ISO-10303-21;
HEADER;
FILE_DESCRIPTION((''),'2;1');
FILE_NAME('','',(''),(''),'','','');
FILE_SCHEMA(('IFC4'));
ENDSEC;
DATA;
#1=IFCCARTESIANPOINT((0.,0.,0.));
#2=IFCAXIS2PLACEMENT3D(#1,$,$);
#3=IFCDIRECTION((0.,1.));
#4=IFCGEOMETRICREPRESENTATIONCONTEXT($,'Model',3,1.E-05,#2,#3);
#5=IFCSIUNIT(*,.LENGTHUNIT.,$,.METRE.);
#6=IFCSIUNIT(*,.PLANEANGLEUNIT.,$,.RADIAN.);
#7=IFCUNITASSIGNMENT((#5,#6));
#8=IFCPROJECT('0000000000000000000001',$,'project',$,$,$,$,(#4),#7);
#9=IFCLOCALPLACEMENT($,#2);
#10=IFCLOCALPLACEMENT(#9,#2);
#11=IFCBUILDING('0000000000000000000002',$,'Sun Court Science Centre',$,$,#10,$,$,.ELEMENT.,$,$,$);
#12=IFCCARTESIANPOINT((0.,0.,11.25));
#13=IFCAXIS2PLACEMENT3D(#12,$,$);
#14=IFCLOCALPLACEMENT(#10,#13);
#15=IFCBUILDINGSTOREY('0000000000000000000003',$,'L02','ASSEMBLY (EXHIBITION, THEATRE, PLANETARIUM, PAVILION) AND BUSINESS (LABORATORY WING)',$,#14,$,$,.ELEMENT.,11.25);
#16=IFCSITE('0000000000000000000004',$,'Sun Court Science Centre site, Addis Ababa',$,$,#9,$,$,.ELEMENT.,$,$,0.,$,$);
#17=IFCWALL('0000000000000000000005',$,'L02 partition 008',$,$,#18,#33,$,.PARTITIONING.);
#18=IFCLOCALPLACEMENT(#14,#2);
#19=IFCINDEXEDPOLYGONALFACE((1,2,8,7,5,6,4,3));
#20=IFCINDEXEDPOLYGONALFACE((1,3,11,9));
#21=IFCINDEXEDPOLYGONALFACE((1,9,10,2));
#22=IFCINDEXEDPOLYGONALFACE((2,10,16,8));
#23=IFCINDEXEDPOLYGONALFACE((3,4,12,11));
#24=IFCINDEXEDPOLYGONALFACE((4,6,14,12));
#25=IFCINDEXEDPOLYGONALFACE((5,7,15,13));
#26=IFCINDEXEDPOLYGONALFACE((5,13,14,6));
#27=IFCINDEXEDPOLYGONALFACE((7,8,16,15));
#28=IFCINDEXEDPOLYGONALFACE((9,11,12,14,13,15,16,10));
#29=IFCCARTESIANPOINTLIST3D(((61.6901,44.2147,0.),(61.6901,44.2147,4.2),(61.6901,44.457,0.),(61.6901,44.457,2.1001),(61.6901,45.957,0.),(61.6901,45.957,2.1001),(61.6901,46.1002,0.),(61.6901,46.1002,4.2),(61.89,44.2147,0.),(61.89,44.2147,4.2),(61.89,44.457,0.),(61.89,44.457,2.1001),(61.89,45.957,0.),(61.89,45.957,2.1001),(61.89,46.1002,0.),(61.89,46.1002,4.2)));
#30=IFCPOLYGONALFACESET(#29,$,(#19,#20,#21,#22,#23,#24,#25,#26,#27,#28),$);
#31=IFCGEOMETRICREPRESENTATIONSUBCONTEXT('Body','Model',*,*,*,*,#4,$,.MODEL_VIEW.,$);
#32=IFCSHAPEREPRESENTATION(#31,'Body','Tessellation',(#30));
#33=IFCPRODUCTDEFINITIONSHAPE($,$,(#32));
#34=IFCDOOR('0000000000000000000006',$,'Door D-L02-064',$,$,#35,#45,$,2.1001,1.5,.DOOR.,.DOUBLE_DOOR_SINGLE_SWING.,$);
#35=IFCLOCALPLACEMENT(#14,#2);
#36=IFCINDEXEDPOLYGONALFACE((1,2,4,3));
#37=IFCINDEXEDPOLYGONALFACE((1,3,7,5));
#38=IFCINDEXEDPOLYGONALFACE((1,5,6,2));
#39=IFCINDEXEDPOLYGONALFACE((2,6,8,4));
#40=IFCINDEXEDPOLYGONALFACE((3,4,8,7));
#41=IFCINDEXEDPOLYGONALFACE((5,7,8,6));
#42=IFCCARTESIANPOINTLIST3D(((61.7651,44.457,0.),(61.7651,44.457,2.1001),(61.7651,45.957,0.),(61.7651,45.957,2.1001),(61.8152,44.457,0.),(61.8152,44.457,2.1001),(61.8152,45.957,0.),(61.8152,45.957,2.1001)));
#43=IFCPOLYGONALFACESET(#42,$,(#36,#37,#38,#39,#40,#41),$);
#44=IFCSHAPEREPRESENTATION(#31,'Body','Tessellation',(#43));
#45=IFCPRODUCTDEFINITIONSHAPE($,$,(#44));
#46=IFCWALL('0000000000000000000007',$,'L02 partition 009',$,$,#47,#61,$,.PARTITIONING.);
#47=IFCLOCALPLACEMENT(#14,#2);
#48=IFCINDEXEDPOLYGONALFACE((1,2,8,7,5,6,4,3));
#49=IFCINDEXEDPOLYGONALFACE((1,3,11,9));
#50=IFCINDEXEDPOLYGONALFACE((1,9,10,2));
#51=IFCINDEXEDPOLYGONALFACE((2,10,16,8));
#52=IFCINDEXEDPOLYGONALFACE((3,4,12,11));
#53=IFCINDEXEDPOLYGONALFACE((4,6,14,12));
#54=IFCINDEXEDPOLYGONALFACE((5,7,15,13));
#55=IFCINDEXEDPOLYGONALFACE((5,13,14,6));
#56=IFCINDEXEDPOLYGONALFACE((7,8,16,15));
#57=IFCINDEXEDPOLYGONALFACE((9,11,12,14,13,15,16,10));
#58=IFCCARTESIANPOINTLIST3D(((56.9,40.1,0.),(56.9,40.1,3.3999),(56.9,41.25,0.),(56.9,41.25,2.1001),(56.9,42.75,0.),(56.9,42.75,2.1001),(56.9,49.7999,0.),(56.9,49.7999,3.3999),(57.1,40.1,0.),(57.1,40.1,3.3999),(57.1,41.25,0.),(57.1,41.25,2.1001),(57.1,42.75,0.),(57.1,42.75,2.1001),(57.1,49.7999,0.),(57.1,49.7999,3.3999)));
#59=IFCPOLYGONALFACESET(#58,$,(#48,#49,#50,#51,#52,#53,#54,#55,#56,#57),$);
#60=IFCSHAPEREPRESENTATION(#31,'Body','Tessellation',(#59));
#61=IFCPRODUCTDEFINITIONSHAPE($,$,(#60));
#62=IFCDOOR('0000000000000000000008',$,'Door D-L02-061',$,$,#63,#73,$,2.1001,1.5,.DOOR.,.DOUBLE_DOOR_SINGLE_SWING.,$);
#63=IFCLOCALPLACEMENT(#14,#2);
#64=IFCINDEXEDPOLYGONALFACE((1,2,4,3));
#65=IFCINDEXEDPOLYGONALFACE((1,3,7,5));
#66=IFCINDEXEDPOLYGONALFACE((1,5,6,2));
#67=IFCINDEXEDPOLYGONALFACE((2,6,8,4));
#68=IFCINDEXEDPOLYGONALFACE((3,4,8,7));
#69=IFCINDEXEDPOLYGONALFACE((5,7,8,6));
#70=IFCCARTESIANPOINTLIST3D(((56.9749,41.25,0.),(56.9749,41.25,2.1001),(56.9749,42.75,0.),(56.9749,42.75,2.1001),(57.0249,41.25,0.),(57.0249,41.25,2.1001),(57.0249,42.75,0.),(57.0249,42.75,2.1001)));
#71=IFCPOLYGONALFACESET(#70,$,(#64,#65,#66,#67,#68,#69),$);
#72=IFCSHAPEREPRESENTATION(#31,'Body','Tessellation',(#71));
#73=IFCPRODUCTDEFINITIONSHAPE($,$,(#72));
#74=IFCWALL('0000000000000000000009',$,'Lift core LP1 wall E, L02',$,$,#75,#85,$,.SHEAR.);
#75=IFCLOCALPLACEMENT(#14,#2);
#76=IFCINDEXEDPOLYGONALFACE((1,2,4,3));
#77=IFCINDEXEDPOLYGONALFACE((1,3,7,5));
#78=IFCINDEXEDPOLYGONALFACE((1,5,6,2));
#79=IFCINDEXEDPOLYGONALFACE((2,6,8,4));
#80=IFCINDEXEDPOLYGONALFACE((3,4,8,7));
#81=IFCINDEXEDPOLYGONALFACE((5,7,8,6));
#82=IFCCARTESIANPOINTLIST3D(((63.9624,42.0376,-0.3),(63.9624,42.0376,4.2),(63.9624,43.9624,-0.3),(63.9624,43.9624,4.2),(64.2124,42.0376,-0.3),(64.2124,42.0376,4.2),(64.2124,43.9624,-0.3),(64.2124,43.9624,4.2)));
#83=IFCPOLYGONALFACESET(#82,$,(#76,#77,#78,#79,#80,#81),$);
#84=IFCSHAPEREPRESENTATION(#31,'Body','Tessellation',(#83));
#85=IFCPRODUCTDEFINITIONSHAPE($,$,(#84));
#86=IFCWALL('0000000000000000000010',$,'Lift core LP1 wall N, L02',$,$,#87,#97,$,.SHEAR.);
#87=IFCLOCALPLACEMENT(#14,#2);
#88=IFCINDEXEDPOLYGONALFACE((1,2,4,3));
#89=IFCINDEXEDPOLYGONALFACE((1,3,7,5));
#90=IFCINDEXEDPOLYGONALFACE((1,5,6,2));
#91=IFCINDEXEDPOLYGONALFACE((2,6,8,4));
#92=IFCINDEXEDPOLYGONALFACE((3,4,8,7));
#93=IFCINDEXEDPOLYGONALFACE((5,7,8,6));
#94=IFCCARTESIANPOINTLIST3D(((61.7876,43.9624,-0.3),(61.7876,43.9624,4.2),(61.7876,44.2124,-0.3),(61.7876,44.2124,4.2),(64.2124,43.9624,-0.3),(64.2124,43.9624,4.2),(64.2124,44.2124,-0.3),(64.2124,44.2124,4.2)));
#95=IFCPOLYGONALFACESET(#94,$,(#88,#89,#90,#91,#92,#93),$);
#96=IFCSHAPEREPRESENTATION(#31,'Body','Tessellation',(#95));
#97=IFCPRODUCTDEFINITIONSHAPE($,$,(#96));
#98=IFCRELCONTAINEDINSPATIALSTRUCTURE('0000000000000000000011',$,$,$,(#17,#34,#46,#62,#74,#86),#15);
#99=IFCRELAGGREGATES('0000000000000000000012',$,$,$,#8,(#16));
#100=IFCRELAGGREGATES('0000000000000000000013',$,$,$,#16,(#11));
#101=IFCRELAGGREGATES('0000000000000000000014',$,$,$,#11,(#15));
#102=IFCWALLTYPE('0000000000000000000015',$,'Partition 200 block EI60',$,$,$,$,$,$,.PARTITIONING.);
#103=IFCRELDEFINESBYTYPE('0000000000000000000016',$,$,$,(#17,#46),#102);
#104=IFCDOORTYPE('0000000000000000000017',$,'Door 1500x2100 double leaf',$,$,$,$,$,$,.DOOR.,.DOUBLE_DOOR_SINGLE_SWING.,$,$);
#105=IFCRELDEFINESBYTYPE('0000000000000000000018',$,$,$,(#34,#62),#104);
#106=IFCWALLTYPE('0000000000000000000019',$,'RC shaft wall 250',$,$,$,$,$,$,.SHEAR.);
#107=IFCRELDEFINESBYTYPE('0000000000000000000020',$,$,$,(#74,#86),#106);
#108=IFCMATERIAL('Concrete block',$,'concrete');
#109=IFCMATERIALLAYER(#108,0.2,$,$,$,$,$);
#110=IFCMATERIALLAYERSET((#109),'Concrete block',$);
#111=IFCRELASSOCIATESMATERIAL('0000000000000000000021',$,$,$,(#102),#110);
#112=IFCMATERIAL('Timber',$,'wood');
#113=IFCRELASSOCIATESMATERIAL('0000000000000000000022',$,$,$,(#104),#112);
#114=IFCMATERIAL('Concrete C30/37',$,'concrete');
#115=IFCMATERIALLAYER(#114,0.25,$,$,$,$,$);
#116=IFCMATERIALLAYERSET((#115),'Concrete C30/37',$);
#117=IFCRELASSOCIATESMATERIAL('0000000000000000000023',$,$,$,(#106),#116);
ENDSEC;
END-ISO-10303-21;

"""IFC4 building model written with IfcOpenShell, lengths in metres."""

from ifc_helpers import new_model, si_unit, direction, frame, frame_2d, origin, place, context, subcontext, project, spatial, rectangle, extrude, material, layer, layer_set, type_object, element, fill, save


model = new_model("IFC4")

# Units and contexts
model_context = context("Model", 3, precision=1e-05, world=origin(), true_north=direction((0.0, 1.0)))
body_context = subcontext(model_context, "Body", "Model", "MODEL_VIEW")
ifc_project = project(units=[si_unit("LENGTHUNIT", "METRE"), si_unit("PLANEANGLEUNIT", "RADIAN")], contexts=[model_context])

# Site, building, storey
site_placement = place(None, origin())
site = spatial("IfcSite", under=ifc_project, at=site_placement, Name="Sun Court Science Centre site, Addis Ababa", CompositionType="ELEMENT", RefElevation=0.0)
building_placement = place(site_placement, origin())
building = spatial("IfcBuilding", under=site, at=building_placement, Name="Sun Court Science Centre", CompositionType="ELEMENT")
storey_placement = place(building_placement, frame((0.0, 0.0, 11.25)))
storey = spatial("IfcBuildingStorey", under=building, at=storey_placement, Name="L02", Description="ASSEMBLY (EXHIBITION, THEATRE, PLANETARIUM, PAVILION) AND BUSINESS (LABORATORY WING)", CompositionType="ELEMENT", Elevation=11.25)

# Shared definitions
ifc_material_1 = material(Name="Concrete block", Category="concrete")
ifc_layer_1 = layer(ifc_material_1, 0.2)
ifc_layer_set_1 = layer_set([ifc_layer_1], Name="Concrete block")
wall_type_1 = type_object("IfcWallType", Name="Partition 200 block EI60", PredefinedType="PARTITIONING", material=ifc_layer_set_1)

# Walls, openings, doors
wall_1_placement = place(storey_placement, frame((61.79, 44.2146, 0.0), z_axis=(0.0, 0.0, 1.0), x_axis=(0.0, 1.0, 0.0)))
wall_1 = element("IfcWall", 1, at=wall_1_placement, inside=storey, type_object=wall_type_1, Name="L02 partition 008", PredefinedType="PARTITIONING", context=body_context, shape_type="SweptSolid", body=[
    extrude(rectangle(XDim=1.8855, YDim=0.2, at=frame_2d((0.9429, 0.0))), origin(), (0.0, 0.0, 1.0), 4.2),
])
opening_1_placement = place(wall_1_placement, frame((0.2424, 0.0, 0.0)))
opening_1 = element("IfcOpeningElement", 2, at=opening_1_placement, cuts=wall_1, PredefinedType="OPENING", context=body_context, shape_type="SweptSolid", body=[
    extrude(rectangle(XDim=1.5, YDim=2.1001, at=frame_2d((0.75, 1.05))), frame((0.0, 0.1099, 0.0), z_axis=(0.0, -1.0, 0.0), x_axis=(1.0, 0.0, 0.0)), (0.0, 0.0, 1.0), 0.22),
])
ifc_material_2 = material(Name="Timber", Category="wood")
door_type = type_object("IfcDoorType", Name="Door 1500x2100 double leaf", OperationType="DOUBLE_DOOR_SINGLE_SWING", PredefinedType="DOOR", material=ifc_material_2)
door_1_placement = place(opening_1_placement, origin())
door_1 = element("IfcDoor", 3, at=door_1_placement, inside=storey, type_object=door_type, Name="Door D-L02-064", OperationType="DOUBLE_DOOR_SINGLE_SWING", OverallHeight=2.1001, OverallWidth=1.5, PredefinedType="DOOR", context=body_context, shape_type="SweptSolid", body=[
    extrude(rectangle(XDim=1.5, YDim=2.1001, at=frame_2d((0.75, 1.05))), frame((0.0, 0.0249, 0.0), z_axis=(0.0, -1.0, 0.0), x_axis=(1.0, 0.0, 0.0)), (0.0, 0.0, 1.0), 0.05),
])
fill(opening_1, door_1)
wall_2_placement = place(storey_placement, frame((57.0, 49.8, 0.0), z_axis=(0.0, 0.0, 1.0), x_axis=(0.0, -1.0, 0.0)))
wall_2 = element("IfcWall", 4, at=wall_2_placement, inside=storey, type_object=wall_type_1, Name="L02 partition 009", PredefinedType="PARTITIONING", context=body_context, shape_type="SweptSolid", body=[
    extrude(rectangle(XDim=9.7, YDim=0.2, at=frame_2d((4.8501, 0.0))), origin(), (0.0, 0.0, 1.0), 3.3999),
])
opening_2_placement = place(wall_2_placement, frame((7.05, 0.0, 0.0)))
opening_2 = element("IfcOpeningElement", 5, at=opening_2_placement, cuts=wall_2, PredefinedType="OPENING", context=body_context, shape_type="SweptSolid", body=[
    extrude(rectangle(XDim=1.5, YDim=2.1001, at=frame_2d((0.75, 1.05))), frame((0.0, 0.1099, 0.0), z_axis=(0.0, -1.0, 0.0), x_axis=(1.0, 0.0, 0.0)), (0.0, 0.0, 1.0), 0.22),
])
door_2_placement = place(opening_2_placement, origin())
door_2 = element("IfcDoor", 6, at=door_2_placement, inside=storey, type_object=door_type, Name="Door D-L02-061", OperationType="DOUBLE_DOOR_SINGLE_SWING", OverallHeight=2.1001, OverallWidth=1.5, PredefinedType="DOOR", context=body_context, shape_type="SweptSolid", body=[
    extrude(rectangle(XDim=1.5, YDim=2.1001, at=frame_2d((0.75, 1.05))), frame((0.0, 0.0249, 0.0), z_axis=(0.0, -1.0, 0.0), x_axis=(1.0, 0.0, 0.0)), (0.0, 0.0, 1.0), 0.05),
])
fill(opening_2, door_2)

# Walls
ifc_material_3 = material(Name="Concrete C30/37", Category="concrete")
ifc_layer_2 = layer(ifc_material_3, 0.25)
ifc_layer_set_2 = layer_set([ifc_layer_2], Name="Concrete C30/37")
wall_type_2 = type_object("IfcWallType", Name="RC shaft wall 250", PredefinedType="SHEAR", material=ifc_layer_set_2)
wall_3_placement = place(storey_placement, frame((64.0874, 42.0376, -0.3), z_axis=(0.0, 0.0, 1.0), x_axis=(0.0, 1.0, 0.0)))
element("IfcWall", 7, at=wall_3_placement, inside=storey, type_object=wall_type_2, Name="Lift core LP1 wall E, L02", PredefinedType="SHEAR", context=body_context, shape_type="SweptSolid", body=[
    extrude(rectangle(XDim=1.9248, YDim=0.25, at=frame_2d((0.9624, 0.0))), origin(), (0.0, 0.0, 1.0), 4.5),
])
wall_4_placement = place(storey_placement, frame((61.7876, 44.0874, -0.3), z_axis=(0.0, 0.0, 1.0), x_axis=(1.0, 0.0, 0.0)))
element("IfcWall", 8, at=wall_4_placement, inside=storey, type_object=wall_type_2, Name="Lift core LP1 wall N, L02", PredefinedType="SHEAR", context=body_context, shape_type="SweptSolid", body=[
    extrude(rectangle(XDim=2.4248, YDim=0.25, at=frame_2d((1.2124, 0.0))), origin(), (0.0, 0.0, 1.0), 4.5),
])

save(model, "model.ifc")
